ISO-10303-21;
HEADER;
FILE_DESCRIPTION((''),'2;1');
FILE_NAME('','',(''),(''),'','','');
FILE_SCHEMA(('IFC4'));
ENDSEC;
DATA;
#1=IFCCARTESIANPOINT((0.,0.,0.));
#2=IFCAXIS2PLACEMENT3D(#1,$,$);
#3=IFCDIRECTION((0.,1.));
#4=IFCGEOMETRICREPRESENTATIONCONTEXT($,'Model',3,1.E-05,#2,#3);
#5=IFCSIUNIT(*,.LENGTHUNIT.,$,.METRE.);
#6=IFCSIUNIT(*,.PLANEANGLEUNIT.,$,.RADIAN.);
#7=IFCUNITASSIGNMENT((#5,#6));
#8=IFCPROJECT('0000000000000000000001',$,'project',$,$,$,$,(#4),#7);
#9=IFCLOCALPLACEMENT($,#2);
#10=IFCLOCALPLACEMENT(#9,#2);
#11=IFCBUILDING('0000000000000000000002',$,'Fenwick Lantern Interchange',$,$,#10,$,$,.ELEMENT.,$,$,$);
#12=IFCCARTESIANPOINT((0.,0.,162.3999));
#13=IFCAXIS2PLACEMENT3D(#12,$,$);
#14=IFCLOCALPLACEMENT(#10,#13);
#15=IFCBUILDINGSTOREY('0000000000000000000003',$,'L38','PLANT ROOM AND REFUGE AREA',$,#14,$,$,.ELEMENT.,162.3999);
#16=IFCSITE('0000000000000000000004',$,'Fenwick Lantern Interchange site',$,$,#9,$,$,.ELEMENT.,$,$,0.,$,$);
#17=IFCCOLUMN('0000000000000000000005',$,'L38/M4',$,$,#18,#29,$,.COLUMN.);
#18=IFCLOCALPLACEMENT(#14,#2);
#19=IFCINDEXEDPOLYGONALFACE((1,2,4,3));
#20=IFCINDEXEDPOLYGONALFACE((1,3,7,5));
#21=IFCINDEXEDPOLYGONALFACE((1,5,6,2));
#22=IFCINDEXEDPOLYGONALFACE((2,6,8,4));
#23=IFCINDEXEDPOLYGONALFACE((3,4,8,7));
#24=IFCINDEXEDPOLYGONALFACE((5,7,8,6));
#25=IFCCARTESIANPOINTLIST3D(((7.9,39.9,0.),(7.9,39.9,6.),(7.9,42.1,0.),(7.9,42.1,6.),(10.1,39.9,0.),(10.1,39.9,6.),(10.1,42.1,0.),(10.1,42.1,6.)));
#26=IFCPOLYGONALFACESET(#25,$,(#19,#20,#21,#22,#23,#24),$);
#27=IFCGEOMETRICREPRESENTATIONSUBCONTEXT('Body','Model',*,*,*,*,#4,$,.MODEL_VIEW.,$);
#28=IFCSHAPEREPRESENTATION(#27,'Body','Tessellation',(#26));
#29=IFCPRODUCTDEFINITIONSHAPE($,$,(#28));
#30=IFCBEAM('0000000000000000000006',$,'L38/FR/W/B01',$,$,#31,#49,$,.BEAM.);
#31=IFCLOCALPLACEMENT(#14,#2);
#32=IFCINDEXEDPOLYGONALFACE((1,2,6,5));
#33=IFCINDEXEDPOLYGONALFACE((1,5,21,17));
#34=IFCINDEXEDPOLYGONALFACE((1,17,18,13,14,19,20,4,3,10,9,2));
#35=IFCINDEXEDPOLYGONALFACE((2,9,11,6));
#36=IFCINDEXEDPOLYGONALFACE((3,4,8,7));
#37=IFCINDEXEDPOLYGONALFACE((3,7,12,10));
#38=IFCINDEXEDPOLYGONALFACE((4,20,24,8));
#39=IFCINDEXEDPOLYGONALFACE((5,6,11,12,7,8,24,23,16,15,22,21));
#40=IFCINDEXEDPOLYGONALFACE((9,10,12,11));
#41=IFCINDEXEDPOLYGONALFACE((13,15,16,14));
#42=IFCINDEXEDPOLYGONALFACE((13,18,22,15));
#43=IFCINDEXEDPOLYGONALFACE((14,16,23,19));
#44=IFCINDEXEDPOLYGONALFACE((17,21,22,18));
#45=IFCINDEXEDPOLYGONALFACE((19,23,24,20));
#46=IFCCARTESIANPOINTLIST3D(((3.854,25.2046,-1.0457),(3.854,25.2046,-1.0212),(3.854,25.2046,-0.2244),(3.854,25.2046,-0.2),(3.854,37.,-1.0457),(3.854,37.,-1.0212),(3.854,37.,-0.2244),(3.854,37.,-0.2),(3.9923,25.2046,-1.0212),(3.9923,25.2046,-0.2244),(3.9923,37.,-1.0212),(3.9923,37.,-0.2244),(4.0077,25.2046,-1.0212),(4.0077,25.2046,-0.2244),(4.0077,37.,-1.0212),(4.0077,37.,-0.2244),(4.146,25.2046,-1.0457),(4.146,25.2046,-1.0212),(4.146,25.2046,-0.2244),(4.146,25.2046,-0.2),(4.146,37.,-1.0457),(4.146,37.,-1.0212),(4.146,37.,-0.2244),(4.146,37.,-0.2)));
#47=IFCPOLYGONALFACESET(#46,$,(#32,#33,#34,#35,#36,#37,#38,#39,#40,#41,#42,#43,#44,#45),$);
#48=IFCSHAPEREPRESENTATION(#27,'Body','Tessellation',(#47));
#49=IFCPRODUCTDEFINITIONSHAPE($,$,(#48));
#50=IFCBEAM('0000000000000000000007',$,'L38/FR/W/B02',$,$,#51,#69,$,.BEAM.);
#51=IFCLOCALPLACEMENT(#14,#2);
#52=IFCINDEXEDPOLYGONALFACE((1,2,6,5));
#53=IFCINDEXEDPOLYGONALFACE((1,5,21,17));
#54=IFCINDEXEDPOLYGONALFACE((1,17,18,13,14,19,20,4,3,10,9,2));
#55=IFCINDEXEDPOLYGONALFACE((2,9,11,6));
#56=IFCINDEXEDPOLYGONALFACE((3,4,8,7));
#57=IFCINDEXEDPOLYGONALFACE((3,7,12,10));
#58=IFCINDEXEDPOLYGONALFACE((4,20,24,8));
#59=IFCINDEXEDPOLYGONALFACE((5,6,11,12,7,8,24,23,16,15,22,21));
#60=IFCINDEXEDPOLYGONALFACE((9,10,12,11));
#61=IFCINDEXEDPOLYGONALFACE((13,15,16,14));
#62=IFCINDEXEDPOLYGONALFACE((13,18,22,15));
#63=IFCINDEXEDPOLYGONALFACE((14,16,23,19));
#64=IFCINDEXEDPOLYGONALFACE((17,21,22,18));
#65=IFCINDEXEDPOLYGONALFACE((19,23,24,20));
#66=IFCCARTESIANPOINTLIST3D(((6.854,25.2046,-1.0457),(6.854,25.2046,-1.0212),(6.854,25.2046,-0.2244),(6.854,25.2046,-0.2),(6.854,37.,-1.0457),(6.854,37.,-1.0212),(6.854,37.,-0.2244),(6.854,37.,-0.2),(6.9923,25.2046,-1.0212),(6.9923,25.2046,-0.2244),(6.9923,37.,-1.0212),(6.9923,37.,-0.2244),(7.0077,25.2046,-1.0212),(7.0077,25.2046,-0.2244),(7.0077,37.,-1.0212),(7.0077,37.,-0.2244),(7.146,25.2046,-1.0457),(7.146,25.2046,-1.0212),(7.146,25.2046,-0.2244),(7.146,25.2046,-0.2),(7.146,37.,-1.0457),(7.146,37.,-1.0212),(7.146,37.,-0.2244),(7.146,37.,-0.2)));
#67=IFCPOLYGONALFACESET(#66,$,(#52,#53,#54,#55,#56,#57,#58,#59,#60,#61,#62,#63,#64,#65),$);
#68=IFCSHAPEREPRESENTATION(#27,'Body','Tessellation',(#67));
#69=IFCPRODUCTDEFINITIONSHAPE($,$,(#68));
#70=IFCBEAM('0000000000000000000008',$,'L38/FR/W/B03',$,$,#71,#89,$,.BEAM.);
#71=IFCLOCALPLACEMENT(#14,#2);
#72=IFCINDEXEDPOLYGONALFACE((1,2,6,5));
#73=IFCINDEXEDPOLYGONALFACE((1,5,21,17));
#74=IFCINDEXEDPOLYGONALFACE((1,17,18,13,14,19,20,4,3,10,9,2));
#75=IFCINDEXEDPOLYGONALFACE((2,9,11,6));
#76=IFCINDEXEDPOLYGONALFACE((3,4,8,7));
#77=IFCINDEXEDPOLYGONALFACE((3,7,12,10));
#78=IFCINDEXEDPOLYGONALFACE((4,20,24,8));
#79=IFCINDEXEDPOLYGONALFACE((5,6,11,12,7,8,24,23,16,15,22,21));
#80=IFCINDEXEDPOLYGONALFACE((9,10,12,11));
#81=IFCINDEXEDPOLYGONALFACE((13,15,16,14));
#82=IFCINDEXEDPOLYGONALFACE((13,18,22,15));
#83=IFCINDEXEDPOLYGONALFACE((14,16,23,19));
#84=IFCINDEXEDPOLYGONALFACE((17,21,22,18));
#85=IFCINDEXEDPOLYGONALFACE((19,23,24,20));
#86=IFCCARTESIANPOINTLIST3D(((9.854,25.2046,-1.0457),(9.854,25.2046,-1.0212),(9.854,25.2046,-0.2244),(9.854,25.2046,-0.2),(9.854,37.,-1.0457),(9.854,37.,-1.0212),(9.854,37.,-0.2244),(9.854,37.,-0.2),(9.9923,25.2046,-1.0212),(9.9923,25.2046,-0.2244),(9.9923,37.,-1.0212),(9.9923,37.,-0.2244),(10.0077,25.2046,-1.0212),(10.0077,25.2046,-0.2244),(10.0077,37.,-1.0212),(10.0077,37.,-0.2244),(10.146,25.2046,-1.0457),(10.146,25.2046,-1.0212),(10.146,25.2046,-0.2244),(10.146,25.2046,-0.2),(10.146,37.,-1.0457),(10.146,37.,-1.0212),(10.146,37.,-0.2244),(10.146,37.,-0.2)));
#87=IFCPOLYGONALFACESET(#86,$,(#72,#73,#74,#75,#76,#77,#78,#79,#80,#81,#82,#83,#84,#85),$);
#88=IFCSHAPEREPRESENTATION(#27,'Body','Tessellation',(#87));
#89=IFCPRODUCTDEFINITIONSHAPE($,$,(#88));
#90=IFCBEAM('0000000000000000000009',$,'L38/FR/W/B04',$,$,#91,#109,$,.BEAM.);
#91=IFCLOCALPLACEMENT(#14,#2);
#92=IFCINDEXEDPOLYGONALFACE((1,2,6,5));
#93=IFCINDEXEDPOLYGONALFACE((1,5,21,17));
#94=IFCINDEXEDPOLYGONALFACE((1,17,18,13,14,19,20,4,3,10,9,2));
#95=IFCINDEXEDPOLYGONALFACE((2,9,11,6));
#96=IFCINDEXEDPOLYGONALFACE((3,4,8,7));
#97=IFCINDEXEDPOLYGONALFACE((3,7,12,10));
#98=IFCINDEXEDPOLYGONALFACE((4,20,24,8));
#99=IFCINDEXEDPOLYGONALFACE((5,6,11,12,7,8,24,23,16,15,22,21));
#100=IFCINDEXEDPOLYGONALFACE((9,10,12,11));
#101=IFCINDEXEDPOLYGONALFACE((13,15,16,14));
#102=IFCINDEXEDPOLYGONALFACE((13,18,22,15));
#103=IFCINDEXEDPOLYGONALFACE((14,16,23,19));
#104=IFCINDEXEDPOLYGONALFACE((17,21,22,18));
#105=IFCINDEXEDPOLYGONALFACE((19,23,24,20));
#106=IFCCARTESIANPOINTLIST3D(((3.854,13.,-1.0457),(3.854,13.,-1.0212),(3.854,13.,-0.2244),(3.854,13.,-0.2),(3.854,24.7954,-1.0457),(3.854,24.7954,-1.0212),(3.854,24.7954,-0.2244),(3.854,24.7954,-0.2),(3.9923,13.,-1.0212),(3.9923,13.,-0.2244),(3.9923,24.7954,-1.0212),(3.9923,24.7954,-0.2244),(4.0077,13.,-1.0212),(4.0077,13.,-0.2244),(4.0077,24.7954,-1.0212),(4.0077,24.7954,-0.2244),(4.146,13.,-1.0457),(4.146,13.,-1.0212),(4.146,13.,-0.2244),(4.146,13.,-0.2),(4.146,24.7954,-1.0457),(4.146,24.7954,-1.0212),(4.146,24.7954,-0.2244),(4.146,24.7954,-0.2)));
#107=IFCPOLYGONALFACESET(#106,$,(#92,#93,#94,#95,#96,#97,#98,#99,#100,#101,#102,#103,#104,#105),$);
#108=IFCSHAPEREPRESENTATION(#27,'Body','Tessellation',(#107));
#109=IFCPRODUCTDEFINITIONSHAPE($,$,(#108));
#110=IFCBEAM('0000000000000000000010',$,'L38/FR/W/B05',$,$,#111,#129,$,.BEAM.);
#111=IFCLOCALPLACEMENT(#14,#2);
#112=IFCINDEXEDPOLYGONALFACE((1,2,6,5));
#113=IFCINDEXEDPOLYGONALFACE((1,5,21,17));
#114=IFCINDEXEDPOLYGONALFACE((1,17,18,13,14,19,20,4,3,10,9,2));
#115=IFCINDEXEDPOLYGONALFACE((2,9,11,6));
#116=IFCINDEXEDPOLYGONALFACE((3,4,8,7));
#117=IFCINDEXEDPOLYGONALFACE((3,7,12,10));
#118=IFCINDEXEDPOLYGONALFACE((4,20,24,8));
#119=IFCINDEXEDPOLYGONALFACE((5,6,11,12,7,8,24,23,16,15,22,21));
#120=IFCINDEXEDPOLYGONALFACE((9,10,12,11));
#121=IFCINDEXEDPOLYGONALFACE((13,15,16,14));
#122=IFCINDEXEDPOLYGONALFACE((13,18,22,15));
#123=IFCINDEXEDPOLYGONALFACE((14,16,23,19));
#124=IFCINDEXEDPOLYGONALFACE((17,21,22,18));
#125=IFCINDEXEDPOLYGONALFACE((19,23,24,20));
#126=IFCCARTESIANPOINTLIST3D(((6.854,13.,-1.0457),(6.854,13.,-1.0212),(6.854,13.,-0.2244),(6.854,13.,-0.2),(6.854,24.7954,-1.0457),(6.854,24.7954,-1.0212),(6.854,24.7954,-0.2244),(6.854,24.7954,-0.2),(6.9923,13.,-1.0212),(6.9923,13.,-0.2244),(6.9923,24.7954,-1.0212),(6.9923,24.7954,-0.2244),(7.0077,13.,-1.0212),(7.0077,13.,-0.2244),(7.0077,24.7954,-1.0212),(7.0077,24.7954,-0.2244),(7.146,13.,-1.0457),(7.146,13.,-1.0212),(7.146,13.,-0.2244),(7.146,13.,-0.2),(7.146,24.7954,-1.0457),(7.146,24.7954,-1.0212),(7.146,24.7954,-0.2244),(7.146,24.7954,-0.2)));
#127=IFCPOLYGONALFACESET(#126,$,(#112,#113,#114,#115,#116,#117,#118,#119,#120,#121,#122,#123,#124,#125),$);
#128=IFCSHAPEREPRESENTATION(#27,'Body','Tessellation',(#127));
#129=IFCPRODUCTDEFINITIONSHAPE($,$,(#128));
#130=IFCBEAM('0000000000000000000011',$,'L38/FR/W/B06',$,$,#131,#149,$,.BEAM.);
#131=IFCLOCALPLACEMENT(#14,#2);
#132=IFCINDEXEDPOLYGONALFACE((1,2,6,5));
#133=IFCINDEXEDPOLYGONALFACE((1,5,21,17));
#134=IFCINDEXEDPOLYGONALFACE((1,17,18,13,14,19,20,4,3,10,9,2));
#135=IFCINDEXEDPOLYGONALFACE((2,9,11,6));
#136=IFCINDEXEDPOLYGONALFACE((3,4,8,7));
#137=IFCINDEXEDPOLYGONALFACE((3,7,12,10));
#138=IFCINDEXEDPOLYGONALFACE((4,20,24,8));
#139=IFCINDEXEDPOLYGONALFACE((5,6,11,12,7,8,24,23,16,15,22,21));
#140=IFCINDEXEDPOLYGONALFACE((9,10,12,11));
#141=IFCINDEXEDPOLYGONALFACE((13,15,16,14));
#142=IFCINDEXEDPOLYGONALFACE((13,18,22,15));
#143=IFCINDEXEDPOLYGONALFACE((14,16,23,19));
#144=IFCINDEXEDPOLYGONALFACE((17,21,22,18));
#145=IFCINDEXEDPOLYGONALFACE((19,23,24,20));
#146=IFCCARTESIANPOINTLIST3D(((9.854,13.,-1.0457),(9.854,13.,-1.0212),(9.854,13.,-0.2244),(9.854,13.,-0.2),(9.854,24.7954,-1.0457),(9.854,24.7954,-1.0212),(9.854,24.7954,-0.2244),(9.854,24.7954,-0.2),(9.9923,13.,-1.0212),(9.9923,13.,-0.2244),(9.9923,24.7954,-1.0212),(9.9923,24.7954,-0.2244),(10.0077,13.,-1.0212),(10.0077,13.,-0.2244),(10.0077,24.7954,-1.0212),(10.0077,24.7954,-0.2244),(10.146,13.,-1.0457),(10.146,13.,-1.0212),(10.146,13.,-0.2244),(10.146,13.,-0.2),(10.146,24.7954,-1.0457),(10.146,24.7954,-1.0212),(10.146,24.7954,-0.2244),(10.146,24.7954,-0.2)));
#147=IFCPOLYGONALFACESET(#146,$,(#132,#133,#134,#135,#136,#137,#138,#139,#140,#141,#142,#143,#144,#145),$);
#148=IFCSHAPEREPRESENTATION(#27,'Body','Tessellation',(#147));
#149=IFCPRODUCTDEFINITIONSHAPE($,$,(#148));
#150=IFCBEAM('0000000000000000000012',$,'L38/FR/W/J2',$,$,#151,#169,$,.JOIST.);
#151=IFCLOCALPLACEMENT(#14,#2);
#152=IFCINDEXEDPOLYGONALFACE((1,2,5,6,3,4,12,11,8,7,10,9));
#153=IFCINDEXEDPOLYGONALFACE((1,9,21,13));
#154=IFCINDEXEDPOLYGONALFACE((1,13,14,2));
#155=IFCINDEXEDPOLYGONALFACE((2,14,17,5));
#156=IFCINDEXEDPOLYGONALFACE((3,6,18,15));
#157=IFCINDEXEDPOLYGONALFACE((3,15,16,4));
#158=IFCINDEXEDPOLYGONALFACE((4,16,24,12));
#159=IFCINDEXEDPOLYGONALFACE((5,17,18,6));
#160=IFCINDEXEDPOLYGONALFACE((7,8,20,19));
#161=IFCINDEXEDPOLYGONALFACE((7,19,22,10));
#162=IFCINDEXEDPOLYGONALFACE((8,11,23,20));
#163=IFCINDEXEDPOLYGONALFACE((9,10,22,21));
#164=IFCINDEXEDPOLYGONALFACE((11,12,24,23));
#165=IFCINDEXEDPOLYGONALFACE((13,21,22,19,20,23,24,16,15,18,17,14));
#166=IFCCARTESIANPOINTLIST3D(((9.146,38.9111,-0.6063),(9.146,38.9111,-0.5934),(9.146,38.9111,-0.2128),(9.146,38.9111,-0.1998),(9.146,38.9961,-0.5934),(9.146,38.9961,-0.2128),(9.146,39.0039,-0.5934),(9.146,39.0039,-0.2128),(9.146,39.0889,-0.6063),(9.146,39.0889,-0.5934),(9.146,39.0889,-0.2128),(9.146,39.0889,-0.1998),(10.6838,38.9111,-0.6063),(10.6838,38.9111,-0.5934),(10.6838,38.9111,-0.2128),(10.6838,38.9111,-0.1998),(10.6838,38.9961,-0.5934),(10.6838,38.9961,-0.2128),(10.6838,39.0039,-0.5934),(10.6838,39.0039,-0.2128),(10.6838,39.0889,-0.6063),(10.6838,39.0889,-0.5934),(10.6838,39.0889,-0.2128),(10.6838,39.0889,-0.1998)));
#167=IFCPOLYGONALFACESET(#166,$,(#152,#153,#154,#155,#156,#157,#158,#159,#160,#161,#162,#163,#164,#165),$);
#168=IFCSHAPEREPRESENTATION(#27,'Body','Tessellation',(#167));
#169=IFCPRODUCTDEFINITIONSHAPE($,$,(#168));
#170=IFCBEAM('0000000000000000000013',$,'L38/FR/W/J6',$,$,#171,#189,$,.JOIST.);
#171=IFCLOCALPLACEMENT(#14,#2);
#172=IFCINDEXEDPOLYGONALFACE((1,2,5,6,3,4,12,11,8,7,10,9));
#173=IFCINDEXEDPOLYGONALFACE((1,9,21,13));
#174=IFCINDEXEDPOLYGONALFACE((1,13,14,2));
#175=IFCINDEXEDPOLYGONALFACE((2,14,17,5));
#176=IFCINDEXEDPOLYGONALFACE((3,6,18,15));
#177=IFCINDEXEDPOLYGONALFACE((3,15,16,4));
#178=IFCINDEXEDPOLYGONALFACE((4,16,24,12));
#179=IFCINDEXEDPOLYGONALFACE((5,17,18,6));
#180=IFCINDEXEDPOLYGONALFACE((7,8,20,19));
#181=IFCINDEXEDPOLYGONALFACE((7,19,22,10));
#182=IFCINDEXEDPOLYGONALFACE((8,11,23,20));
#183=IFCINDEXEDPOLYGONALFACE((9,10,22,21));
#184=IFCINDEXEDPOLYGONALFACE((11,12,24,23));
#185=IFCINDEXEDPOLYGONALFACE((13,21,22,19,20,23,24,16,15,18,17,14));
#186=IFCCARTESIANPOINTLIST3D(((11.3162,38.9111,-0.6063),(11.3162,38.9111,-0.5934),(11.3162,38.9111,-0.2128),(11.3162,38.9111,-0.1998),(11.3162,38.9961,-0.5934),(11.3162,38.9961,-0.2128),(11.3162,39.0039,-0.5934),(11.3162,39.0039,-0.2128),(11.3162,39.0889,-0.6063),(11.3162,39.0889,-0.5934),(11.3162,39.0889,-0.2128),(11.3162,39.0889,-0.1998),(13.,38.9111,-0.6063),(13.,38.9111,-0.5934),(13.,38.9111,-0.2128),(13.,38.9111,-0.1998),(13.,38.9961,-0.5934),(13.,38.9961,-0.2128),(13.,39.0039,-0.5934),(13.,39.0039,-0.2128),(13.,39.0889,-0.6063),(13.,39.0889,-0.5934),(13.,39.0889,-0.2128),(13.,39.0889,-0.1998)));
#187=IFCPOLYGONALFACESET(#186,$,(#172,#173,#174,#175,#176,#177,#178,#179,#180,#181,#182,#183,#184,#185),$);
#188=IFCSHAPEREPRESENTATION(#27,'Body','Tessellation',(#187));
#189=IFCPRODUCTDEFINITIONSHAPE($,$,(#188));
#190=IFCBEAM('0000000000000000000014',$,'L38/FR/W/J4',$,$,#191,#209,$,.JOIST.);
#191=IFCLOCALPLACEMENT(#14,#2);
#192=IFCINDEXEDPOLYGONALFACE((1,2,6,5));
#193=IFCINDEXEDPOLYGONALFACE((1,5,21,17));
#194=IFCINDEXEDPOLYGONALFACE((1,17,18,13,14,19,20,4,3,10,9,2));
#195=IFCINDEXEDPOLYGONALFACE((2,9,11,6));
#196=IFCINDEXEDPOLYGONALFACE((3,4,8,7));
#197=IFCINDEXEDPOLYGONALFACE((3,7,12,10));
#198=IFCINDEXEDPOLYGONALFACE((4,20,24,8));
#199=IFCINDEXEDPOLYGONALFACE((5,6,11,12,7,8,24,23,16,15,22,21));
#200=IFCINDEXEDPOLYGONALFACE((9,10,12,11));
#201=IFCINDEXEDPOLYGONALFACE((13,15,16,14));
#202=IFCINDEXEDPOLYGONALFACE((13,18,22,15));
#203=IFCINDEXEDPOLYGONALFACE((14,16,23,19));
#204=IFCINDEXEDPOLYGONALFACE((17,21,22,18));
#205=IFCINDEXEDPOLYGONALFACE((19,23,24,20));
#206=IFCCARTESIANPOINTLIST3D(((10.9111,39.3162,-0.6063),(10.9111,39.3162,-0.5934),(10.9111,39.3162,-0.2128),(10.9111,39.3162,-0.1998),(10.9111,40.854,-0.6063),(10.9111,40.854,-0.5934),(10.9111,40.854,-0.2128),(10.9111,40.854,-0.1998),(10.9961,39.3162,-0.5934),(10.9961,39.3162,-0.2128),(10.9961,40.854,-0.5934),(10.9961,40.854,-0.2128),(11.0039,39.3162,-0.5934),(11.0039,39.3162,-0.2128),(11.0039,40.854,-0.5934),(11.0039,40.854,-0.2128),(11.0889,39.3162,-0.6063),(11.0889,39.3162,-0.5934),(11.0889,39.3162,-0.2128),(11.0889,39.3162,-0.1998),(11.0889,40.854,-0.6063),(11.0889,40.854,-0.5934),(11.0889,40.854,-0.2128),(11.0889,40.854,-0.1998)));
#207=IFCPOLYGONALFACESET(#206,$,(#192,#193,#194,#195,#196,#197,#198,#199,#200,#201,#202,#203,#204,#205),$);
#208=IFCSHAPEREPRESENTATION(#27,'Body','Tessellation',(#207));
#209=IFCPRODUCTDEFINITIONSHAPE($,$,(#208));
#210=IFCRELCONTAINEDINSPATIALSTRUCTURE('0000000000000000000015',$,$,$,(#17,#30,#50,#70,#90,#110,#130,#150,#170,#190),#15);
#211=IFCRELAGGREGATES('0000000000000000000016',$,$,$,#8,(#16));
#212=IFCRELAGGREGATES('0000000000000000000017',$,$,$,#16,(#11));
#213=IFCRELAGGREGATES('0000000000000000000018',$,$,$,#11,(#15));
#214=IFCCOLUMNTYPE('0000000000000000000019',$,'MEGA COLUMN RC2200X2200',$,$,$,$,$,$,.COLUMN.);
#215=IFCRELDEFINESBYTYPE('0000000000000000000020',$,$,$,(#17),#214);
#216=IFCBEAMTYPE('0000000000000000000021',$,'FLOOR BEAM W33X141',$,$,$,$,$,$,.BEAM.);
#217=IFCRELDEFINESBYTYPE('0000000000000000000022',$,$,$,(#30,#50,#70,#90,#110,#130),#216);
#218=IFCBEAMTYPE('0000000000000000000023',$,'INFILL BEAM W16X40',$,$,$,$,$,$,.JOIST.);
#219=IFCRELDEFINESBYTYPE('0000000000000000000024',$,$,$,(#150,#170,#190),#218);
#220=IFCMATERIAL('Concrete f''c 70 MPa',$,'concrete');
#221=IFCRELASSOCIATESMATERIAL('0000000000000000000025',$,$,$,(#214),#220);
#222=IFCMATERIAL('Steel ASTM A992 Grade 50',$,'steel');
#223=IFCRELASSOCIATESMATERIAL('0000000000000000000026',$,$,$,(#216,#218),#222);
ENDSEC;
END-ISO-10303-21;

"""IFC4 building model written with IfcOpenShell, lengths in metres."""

from ifc_helpers import new_model, si_unit, direction, frame, origin, origin_2d, place, context, subcontext, project, spatial, rectangle, i_section, extrude, material, material_profile, profile_set, type_object, element, save


model = new_model("IFC4")

# Units and contexts
model_context = context("Model", 3, precision=1e-05, world=origin(), true_north=direction((0.0, 1.0)))
body_context = subcontext(model_context, "Body", "Model", "MODEL_VIEW")
ifc_project = project(units=[si_unit("LENGTHUNIT", "METRE"), si_unit("PLANEANGLEUNIT", "RADIAN")], contexts=[model_context])

# Site, building, storey
site_placement = place(None, origin())
site = spatial("IfcSite", under=ifc_project, at=site_placement, Name="Fenwick Lantern Interchange site", CompositionType="ELEMENT", RefElevation=0.0)
building_placement = place(site_placement, origin())
building = spatial("IfcBuilding", under=site, at=building_placement, Name="Fenwick Lantern Interchange", CompositionType="ELEMENT")
storey_placement = place(building_placement, frame((0.0, 0.0, 162.3999)))
storey = spatial("IfcBuildingStorey", under=building, at=storey_placement, Name="L38", Description="PLANT ROOM AND REFUGE AREA", CompositionType="ELEMENT", Elevation=162.3999)

# Column
ifc_material_1 = material(Name="Concrete f'c 70 MPa", Category="concrete")
ifc_material_profile_1 = material_profile(ifc_material_1, rectangle(XDim=2.2, YDim=2.2, at=origin_2d()), Name="RC2200X2200")
ifc_profile_set_1 = profile_set([ifc_material_profile_1], Name="Concrete f'c 70 MPa")
column_type = type_object("IfcColumnType", Name="MEGA COLUMN RC2200X2200", PredefinedType="COLUMN", material=ifc_profile_set_1)
column_placement = place(storey_placement, frame((9.0, 41.0, 0.0), z_axis=(0.0, 0.0, 1.0), x_axis=(1.0, 0.0, 0.0)))
element("IfcColumn", 1, at=column_placement, inside=storey, type_object=column_type, Name="L38/M4", PredefinedType="COLUMN", context=body_context, shape_type="SweptSolid", body=[
    extrude(rectangle(XDim=2.2, YDim=2.2, at=origin_2d()), origin(), (0.0, 0.0, 1.0), 6.0),
])

# Beams
ifc_material_2 = material(Name="Steel ASTM A992 Grade 50", Category="steel")
ifc_material_profile_2 = material_profile(ifc_material_2, i_section(OverallWidth=0.292, OverallDepth=0.8457, WebThickness=0.0154, FlangeThickness=0.0244, at=origin_2d()), Name="W33X141")
ifc_profile_set_2 = profile_set([ifc_material_profile_2], Name="Steel ASTM A992 Grade 50")
beam_type_1 = type_object("IfcBeamType", Name="FLOOR BEAM W33X141", PredefinedType="BEAM", material=ifc_profile_set_2)
for number, where, z_axis, x_axis, name in (
    (2, (4.0, 37.0, -0.6228), (0.0, -1.0, 0.0), (1.0, 0.0, 0.0), "L38/FR/W/B01"),
    (3, (7.0, 37.0, -0.6228), (0.0, -1.0, 0.0), (1.0, 0.0, 0.0), "L38/FR/W/B02"),
    (4, (10.0, 37.0, -0.6228), (0.0, -1.0, 0.0), (1.0, 0.0, 0.0), "L38/FR/W/B03"),
    (5, (4.0, 24.7954, -0.6228), (0.0, -1.0, 0.0), (1.0, 0.0, 0.0), "L38/FR/W/B04"),
    (6, (7.0, 24.7954, -0.6228), (0.0, -1.0, 0.0), (1.0, 0.0, 0.0), "L38/FR/W/B05"),
    (7, (10.0, 24.7954, -0.6228), (0.0, -1.0, 0.0), (1.0, 0.0, 0.0), "L38/FR/W/B06"),
):
    element("IfcBeam", number, at=place(storey_placement, frame(where, z_axis=z_axis, x_axis=x_axis)), inside=storey, type_object=beam_type_1, Name=name, PredefinedType="BEAM", context=body_context, shape_type="SweptSolid", body=[
        extrude(i_section(OverallWidth=0.292, OverallDepth=0.8457, WebThickness=0.0154, FlangeThickness=0.0244, at=origin_2d()), origin(), (0.0, 0.0, 1.0), 11.7954),
    ])
ifc_material_profile_3 = material_profile(ifc_material_2, i_section(OverallWidth=0.1777, OverallDepth=0.4065, WebThickness=0.0078, FlangeThickness=0.0129, at=origin_2d()), Name="W16X40")
ifc_profile_set_3 = profile_set([ifc_material_profile_3], Name="Steel ASTM A992 Grade 50")
beam_type_2 = type_object("IfcBeamType", Name="INFILL BEAM W16X40", PredefinedType="JOIST", material=ifc_profile_set_3)
beam_1_placement = place(storey_placement, frame((9.146, 39.0, -0.4031), z_axis=(1.0, 0.0, 0.0), x_axis=(0.0, 1.0, 0.0)))
element("IfcBeam", 8, at=beam_1_placement, inside=storey, type_object=beam_type_2, Name="L38/FR/W/J2", PredefinedType="JOIST", context=body_context, shape_type="SweptSolid", body=[
    extrude(i_section(OverallWidth=0.1777, OverallDepth=0.4065, WebThickness=0.0078, FlangeThickness=0.0129, at=origin_2d()), origin(), (0.0, 0.0, 1.0), 1.5378),
])
beam_2_placement = place(storey_placement, frame((11.3162, 39.0, -0.4031), z_axis=(1.0, 0.0, 0.0), x_axis=(0.0, 1.0, 0.0)))
element("IfcBeam", 9, at=beam_2_placement, inside=storey, type_object=beam_type_2, Name="L38/FR/W/J6", PredefinedType="JOIST", context=body_context, shape_type="SweptSolid", body=[
    extrude(i_section(OverallWidth=0.1777, OverallDepth=0.4065, WebThickness=0.0078, FlangeThickness=0.0129, at=origin_2d()), origin(), (0.0, 0.0, 1.0), 1.6838),
])
beam_3_placement = place(storey_placement, frame((11.0, 40.854, -0.4031), z_axis=(0.0, -1.0, 0.0), x_axis=(1.0, 0.0, 0.0)))
element("IfcBeam", 10, at=beam_3_placement, inside=storey, type_object=beam_type_2, Name="L38/FR/W/J4", PredefinedType="JOIST", context=body_context, shape_type="SweptSolid", body=[
    extrude(i_section(OverallWidth=0.1777, OverallDepth=0.4065, WebThickness=0.0078, FlangeThickness=0.0129, at=origin_2d()), origin(), (0.0, 0.0, 1.0), 1.5378),
])

save(model, "model.ifc")
